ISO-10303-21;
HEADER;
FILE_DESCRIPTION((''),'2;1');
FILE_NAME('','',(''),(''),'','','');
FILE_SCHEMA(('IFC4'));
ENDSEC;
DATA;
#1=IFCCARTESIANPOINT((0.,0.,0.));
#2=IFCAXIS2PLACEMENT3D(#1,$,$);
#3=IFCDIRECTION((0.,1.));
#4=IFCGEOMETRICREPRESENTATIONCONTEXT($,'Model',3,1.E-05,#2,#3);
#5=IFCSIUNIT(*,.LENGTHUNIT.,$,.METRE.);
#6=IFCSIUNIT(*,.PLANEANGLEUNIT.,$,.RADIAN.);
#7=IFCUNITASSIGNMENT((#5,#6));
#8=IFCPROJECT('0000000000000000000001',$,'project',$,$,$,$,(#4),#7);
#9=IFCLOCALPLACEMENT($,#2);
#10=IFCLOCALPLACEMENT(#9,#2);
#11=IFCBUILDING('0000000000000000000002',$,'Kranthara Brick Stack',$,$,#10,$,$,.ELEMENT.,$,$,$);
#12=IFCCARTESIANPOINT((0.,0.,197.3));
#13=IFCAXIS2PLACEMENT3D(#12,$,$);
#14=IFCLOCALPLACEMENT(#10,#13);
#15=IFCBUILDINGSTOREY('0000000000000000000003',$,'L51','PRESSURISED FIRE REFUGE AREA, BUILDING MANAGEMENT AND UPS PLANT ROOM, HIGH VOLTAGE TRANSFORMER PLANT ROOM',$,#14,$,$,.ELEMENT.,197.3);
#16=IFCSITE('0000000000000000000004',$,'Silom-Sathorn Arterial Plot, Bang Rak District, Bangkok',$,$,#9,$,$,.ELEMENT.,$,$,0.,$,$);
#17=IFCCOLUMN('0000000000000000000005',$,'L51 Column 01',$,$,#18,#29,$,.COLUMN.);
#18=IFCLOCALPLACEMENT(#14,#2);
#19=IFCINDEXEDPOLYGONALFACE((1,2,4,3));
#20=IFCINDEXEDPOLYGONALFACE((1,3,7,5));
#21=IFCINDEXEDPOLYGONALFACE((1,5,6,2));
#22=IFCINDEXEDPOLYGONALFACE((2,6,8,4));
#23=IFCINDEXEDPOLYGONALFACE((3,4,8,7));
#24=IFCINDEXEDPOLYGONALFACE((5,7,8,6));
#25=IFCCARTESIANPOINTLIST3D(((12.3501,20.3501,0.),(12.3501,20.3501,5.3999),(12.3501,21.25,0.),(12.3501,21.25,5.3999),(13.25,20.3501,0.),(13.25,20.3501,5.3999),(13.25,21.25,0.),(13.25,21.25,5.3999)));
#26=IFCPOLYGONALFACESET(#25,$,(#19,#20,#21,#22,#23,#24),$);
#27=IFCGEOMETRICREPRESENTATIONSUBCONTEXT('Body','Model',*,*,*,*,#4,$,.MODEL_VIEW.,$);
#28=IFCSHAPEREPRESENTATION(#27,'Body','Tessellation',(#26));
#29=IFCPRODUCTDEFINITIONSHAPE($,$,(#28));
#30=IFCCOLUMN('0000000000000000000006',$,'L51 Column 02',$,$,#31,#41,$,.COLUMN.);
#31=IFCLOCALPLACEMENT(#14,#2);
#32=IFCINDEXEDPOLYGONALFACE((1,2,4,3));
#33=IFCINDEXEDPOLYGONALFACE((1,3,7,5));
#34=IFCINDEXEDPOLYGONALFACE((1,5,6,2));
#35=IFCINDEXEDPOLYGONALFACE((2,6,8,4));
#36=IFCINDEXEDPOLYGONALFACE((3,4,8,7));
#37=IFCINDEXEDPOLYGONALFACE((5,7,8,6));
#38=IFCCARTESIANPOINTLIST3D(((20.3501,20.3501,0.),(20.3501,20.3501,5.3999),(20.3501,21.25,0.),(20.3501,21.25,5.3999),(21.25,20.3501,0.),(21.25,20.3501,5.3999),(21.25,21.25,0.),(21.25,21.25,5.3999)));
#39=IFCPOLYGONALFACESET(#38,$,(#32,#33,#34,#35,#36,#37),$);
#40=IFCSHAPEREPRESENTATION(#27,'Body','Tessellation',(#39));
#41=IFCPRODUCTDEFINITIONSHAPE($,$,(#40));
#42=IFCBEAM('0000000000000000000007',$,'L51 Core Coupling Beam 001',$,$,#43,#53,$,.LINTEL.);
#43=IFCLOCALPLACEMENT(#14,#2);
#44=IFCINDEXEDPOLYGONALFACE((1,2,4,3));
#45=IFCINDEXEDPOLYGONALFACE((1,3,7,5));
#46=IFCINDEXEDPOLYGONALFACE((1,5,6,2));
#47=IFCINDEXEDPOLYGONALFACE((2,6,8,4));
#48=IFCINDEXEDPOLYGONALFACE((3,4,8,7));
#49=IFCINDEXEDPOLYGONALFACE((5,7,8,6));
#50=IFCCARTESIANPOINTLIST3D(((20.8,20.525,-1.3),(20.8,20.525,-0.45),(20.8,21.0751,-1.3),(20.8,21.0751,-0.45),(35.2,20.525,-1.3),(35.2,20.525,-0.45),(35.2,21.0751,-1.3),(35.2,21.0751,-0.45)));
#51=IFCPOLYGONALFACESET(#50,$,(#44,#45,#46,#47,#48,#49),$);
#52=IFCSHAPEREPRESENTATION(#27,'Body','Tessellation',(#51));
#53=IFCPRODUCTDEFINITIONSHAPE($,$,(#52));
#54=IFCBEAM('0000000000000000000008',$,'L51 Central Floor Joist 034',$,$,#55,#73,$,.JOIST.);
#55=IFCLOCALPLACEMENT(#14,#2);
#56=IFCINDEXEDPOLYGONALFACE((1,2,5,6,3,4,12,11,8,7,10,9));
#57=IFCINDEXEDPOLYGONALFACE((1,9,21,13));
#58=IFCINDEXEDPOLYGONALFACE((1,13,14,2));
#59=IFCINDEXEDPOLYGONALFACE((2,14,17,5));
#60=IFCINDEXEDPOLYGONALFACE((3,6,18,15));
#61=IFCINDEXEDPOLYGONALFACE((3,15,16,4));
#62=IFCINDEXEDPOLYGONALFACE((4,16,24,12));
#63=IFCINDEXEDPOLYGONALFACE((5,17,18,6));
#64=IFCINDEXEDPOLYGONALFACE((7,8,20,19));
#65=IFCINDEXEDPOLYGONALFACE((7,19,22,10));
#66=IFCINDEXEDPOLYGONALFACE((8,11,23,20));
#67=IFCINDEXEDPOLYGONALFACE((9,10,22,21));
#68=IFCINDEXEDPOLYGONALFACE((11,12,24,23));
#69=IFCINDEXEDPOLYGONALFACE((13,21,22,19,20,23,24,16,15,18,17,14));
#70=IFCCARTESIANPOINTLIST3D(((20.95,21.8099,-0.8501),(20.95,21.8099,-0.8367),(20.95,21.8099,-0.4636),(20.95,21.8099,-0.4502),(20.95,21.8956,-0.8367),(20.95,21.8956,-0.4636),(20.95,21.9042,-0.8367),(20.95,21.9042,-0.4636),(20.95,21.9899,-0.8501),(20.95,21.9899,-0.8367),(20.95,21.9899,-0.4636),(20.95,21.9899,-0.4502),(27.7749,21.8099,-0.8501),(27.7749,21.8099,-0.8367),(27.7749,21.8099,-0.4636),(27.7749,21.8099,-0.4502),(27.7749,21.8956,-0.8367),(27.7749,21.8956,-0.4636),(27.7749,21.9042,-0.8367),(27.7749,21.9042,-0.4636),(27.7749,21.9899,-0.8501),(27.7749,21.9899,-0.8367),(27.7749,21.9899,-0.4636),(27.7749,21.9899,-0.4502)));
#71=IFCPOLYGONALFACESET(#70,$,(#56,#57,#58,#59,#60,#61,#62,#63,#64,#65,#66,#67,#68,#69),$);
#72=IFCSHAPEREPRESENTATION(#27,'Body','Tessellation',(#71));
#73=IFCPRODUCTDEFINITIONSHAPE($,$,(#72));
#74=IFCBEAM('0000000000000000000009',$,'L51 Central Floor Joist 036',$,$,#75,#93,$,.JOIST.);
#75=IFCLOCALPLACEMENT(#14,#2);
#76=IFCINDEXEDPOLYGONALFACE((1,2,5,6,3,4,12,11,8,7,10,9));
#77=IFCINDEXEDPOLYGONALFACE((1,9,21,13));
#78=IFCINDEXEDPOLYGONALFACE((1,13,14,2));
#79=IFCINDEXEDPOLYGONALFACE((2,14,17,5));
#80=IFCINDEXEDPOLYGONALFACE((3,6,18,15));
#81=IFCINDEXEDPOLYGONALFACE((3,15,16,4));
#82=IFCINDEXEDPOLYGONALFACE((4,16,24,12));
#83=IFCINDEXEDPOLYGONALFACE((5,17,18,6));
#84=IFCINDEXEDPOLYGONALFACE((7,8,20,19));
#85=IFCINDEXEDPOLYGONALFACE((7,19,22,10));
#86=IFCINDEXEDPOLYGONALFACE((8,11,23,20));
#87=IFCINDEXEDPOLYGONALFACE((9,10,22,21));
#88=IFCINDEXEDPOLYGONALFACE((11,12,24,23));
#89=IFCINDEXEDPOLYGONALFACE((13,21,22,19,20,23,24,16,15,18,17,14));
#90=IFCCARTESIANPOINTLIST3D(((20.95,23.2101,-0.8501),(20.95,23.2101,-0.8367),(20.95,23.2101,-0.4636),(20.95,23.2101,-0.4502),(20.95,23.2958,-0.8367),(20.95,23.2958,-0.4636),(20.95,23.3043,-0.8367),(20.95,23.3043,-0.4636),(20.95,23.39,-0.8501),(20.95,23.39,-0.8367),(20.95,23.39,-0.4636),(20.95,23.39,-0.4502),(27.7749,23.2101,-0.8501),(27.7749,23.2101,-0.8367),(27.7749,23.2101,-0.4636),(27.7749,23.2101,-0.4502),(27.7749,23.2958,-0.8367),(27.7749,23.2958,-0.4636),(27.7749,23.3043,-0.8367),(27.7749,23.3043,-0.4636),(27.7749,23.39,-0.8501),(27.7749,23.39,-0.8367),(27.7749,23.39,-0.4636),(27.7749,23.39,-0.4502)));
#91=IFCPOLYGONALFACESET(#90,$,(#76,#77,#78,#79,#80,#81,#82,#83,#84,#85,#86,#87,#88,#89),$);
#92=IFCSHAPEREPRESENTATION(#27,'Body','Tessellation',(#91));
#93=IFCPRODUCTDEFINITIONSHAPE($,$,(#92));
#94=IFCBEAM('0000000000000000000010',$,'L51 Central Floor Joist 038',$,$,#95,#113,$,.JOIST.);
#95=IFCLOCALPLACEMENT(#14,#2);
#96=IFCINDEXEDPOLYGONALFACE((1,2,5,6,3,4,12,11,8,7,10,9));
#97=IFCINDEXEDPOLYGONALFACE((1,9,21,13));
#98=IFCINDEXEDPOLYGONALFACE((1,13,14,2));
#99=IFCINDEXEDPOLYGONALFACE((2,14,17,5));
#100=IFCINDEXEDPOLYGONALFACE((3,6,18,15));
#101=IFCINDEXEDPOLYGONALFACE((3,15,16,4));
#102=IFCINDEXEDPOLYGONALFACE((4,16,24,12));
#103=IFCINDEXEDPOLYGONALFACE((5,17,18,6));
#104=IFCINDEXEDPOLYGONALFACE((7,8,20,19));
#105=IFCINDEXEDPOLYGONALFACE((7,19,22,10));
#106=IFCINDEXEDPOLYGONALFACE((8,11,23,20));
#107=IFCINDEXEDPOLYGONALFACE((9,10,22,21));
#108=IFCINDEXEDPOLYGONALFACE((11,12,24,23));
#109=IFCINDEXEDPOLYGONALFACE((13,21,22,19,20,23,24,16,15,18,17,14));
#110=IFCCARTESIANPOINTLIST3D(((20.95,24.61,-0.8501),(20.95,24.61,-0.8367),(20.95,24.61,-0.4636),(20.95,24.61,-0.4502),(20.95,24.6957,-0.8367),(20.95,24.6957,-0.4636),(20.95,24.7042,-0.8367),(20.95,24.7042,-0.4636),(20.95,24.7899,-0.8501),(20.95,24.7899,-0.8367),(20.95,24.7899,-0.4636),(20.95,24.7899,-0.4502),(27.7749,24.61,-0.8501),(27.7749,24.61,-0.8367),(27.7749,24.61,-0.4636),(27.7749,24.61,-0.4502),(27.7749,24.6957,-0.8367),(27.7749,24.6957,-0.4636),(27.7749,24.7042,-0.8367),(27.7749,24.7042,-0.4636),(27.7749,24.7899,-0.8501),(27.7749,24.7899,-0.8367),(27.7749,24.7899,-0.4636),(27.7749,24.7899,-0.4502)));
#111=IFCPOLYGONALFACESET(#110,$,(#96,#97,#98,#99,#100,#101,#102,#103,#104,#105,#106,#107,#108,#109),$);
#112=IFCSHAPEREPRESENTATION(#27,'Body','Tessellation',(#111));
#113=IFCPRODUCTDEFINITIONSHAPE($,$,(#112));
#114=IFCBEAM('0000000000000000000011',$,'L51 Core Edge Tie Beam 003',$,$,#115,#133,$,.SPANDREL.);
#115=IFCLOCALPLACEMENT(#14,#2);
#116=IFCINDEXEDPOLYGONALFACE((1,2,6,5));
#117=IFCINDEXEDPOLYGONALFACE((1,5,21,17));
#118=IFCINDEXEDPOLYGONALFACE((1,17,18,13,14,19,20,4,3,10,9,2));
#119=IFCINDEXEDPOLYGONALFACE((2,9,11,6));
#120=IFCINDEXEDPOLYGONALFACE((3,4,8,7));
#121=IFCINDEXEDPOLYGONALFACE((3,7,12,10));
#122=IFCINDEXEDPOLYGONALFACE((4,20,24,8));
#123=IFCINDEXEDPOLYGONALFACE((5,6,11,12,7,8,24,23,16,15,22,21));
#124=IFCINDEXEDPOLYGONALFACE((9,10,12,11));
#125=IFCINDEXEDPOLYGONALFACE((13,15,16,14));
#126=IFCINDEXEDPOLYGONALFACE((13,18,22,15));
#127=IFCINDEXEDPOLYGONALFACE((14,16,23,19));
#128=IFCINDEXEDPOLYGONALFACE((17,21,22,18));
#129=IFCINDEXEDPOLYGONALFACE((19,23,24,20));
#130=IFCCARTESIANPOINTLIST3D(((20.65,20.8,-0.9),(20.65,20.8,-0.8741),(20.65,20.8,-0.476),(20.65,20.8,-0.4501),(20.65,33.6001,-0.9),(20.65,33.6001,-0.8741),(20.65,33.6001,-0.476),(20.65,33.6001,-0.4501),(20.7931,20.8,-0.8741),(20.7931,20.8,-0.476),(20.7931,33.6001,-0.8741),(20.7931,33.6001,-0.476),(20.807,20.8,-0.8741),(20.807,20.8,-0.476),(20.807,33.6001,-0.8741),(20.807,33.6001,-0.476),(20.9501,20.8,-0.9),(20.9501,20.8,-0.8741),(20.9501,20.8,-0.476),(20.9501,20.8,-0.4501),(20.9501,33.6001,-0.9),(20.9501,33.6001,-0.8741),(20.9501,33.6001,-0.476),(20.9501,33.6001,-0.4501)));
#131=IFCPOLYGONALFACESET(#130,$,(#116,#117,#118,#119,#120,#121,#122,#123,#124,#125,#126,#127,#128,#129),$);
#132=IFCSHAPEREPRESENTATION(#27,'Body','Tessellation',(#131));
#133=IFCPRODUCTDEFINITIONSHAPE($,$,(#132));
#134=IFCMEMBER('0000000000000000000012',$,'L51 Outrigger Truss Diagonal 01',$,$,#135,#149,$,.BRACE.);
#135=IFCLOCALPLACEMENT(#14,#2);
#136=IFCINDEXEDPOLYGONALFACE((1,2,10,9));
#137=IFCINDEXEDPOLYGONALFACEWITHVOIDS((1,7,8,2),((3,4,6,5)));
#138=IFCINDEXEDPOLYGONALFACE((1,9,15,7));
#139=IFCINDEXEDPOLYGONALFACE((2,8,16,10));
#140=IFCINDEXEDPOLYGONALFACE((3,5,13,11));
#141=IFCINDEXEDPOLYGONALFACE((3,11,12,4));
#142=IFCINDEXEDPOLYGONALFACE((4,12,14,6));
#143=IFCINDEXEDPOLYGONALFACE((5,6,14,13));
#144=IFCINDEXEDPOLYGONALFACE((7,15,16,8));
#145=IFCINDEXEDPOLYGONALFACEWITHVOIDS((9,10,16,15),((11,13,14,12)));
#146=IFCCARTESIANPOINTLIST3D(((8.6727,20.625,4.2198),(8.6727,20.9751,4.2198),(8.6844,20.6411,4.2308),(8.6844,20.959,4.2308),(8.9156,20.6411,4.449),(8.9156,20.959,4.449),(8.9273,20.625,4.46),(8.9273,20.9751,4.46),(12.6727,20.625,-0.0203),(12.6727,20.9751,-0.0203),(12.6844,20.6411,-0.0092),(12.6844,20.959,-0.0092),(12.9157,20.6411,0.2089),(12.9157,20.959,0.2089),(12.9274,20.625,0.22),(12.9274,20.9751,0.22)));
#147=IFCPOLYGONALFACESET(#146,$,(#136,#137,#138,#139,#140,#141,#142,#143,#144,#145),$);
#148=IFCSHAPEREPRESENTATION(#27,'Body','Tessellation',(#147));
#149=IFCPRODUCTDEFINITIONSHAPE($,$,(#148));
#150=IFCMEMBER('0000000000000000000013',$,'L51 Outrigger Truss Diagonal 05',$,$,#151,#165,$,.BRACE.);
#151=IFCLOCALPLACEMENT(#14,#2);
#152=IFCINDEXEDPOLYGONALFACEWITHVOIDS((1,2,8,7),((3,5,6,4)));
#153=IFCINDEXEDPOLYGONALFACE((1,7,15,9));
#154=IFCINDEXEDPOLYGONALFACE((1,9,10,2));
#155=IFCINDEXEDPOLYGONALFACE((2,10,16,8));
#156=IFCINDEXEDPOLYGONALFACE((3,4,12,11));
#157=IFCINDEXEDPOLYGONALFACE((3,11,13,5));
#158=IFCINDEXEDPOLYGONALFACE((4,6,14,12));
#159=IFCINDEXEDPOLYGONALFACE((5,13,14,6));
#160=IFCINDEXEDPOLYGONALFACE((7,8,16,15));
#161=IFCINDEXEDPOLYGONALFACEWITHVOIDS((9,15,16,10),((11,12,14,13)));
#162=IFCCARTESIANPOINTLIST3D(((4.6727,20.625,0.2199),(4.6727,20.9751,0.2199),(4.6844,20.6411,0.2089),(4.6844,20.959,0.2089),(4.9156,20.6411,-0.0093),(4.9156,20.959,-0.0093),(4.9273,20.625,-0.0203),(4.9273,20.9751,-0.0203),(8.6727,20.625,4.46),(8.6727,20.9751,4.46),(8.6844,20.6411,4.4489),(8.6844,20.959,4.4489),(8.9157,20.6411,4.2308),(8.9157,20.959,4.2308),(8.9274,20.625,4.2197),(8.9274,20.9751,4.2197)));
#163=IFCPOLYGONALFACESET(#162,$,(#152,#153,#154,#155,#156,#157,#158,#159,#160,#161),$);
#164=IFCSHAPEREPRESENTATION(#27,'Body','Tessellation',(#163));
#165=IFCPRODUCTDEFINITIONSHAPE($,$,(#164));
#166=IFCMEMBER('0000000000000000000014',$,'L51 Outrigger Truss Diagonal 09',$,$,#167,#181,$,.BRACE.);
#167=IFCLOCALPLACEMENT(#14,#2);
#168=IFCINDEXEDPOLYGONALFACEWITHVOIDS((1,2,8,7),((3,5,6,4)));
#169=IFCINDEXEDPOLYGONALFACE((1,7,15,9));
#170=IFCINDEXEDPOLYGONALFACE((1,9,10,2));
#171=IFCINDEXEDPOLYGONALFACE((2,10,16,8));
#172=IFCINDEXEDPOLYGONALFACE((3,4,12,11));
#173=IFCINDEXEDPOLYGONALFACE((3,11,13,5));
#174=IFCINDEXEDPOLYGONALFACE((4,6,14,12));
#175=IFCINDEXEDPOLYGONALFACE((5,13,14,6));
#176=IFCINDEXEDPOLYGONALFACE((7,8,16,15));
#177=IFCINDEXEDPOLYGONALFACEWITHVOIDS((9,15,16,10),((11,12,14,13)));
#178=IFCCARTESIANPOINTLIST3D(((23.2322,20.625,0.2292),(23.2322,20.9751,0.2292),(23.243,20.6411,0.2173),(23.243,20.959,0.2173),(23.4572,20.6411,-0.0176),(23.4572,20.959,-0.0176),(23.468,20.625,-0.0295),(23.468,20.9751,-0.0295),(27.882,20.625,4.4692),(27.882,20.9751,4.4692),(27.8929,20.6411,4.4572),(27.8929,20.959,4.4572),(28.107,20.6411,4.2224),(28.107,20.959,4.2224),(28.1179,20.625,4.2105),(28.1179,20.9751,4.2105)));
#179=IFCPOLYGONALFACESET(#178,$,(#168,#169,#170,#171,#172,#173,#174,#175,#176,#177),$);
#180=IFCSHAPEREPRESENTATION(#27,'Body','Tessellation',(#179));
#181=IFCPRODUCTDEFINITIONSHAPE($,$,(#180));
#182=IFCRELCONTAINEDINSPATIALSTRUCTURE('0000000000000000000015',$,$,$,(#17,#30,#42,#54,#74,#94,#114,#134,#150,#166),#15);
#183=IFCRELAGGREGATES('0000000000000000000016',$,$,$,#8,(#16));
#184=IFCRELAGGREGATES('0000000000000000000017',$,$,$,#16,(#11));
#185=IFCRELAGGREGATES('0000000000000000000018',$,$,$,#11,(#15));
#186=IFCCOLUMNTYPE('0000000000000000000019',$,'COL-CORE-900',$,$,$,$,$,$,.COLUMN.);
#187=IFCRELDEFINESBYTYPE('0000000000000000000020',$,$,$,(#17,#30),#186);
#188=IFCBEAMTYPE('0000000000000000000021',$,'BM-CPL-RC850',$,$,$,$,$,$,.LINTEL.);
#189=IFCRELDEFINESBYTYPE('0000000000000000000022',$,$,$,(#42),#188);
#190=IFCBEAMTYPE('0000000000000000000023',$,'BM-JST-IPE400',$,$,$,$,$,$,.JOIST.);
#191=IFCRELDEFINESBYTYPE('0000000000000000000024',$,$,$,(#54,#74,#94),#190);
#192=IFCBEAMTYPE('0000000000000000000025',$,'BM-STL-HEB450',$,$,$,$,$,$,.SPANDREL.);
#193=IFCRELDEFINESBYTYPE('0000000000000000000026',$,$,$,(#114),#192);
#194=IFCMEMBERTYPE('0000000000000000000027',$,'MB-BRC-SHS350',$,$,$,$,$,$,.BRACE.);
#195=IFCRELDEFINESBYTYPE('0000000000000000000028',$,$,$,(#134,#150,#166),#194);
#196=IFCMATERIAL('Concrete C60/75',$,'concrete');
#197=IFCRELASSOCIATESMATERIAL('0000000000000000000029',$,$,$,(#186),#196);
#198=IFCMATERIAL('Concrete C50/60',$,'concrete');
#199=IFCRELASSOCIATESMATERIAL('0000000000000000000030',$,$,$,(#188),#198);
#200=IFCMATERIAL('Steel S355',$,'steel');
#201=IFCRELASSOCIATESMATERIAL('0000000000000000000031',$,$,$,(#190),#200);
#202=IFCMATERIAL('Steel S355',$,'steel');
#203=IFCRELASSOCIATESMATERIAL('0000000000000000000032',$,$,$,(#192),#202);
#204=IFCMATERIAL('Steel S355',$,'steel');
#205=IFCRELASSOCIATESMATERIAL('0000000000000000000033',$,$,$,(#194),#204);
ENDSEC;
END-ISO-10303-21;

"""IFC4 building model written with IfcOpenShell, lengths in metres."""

from ifc_helpers import new_model, si_unit, direction, frame, origin, origin_2d, place, context, subcontext, project, spatial, rectangle, hollow_rectangle, i_section, extrude, material, material_profile, profile_set, type_object, element, save


model = new_model("IFC4")

# Units and contexts
model_context = context("Model", 3, precision=1e-05, world=origin(), true_north=direction((0.0, 1.0)))
body_context = subcontext(model_context, "Body", "Model", "MODEL_VIEW")
ifc_project = project(units=[si_unit("LENGTHUNIT", "METRE"), si_unit("PLANEANGLEUNIT", "RADIAN")], contexts=[model_context])

# Site, building, storey
site_placement = place(None, origin())
site = spatial("IfcSite", under=ifc_project, at=site_placement, Name="Silom-Sathorn Arterial Plot, Bang Rak District, Bangkok", CompositionType="ELEMENT", RefElevation=0.0)
building_placement = place(site_placement, origin())
building = spatial("IfcBuilding", under=site, at=building_placement, Name="Kranthara Brick Stack", CompositionType="ELEMENT")
storey_placement = place(building_placement, frame((0.0, 0.0, 197.3)))
storey = spatial("IfcBuildingStorey", under=building, at=storey_placement, Name="L51", Description="PRESSURISED FIRE REFUGE AREA, BUILDING MANAGEMENT AND UPS PLANT ROOM, HIGH VOLTAGE TRANSFORMER PLANT ROOM", CompositionType="ELEMENT", Elevation=197.3)

# Columns
ifc_material_1 = material(Name="Concrete C60/75", Category="concrete")
ifc_material_profile_1 = material_profile(ifc_material_1, rectangle(XDim=0.8999, YDim=0.8999, at=origin_2d()), Name="RC 900x900")
ifc_profile_set_1 = profile_set([ifc_material_profile_1], Name="Concrete C60/75")
column_type = type_object("IfcColumnType", Name="COL-CORE-900", PredefinedType="COLUMN", material=ifc_profile_set_1)
for number, where, z_axis, x_axis, name in (
    (1, (12.8, 20.8, 0.0), (0.0, 0.0, 1.0), (1.0, 0.0, 0.0), "L51 Column 01"),
    (2, (20.8, 20.8, 0.0), (0.0, 0.0, 1.0), (1.0, 0.0, 0.0), "L51 Column 02"),
):
    element("IfcColumn", number, at=place(storey_placement, frame(where, z_axis=z_axis, x_axis=x_axis)), inside=storey, type_object=column_type, Name=name, PredefinedType="COLUMN", context=body_context, shape_type="SweptSolid", body=[
        extrude(rectangle(XDim=0.8999, YDim=0.8999, at=origin_2d()), origin(), (0.0, 0.0, 1.0), 5.3999),
    ])

# Beams
ifc_material_2 = material(Name="Concrete C50/60", Category="concrete")
ifc_material_profile_2 = material_profile(ifc_material_2, rectangle(XDim=0.55, YDim=0.8501, at=origin_2d()), Name="RC 550x850")
ifc_profile_set_2 = profile_set([ifc_material_profile_2], Name="Concrete C50/60")
beam_type_1 = type_object("IfcBeamType", Name="BM-CPL-RC850", PredefinedType="LINTEL", material=ifc_profile_set_2)
beam_1_placement = place(storey_placement, frame((20.8, 20.8, -0.875), z_axis=(1.0, 0.0, 0.0), x_axis=(0.0, 1.0, 0.0)))
element("IfcBeam", 3, at=beam_1_placement, inside=storey, type_object=beam_type_1, Name="L51 Core Coupling Beam 001", PredefinedType="LINTEL", context=body_context, shape_type="SweptSolid", body=[
    extrude(rectangle(XDim=0.55, YDim=0.8501, at=origin_2d()), origin(), (0.0, 0.0, 1.0), 14.3999),
])
ifc_material_3 = material(Name="Steel S355", Category="steel")
ifc_material_profile_3 = material_profile(ifc_material_3, i_section(OverallWidth=0.1799, OverallDepth=0.3999, WebThickness=0.0085, FlangeThickness=0.0134, at=origin_2d()), Name="IPE 400")
ifc_profile_set_3 = profile_set([ifc_material_profile_3], Name="Steel S355")
beam_type_2 = type_object("IfcBeamType", Name="BM-JST-IPE400", PredefinedType="JOIST", material=ifc_profile_set_3)
for number, where, z_axis, x_axis, name in (
    (4, (20.95, 21.8999, -0.6501), (1.0, 0.0, 0.0), (0.0, 1.0, 0.0), "L51 Central Floor Joist 034"),
    (5, (20.95, 23.3, -0.6501), (1.0, 0.0, 0.0), (0.0, 1.0, 0.0), "L51 Central Floor Joist 036"),
    (6, (20.95, 24.7, -0.6501), (1.0, 0.0, 0.0), (0.0, 1.0, 0.0), "L51 Central Floor Joist 038"),
):
    element("IfcBeam", number, at=place(storey_placement, frame(where, z_axis=z_axis, x_axis=x_axis)), inside=storey, type_object=beam_type_2, Name=name, PredefinedType="JOIST", context=body_context, shape_type="SweptSolid", body=[
        extrude(i_section(OverallWidth=0.1799, OverallDepth=0.3999, WebThickness=0.0085, FlangeThickness=0.0134, at=origin_2d()), origin(), (0.0, 0.0, 1.0), 6.825),
    ])
ifc_material_4 = material(Name="Steel S355", Category="steel")
ifc_material_profile_4 = material_profile(ifc_material_4, i_section(OverallWidth=0.3, OverallDepth=0.45, WebThickness=0.0139, FlangeThickness=0.0259, at=origin_2d()), Name="HEB 450")
ifc_profile_set_4 = profile_set([ifc_material_profile_4], Name="Steel S355")
beam_type_3 = type_object("IfcBeamType", Name="BM-STL-HEB450", PredefinedType="SPANDREL", material=ifc_profile_set_4)
beam_2_placement = place(storey_placement, frame((20.8, 20.8, -0.675), z_axis=(0.0, 1.0, 0.0), x_axis=(-1.0, 0.0, 0.0)))
element("IfcBeam", 7, at=beam_2_placement, inside=storey, type_object=beam_type_3, Name="L51 Core Edge Tie Beam 003", PredefinedType="SPANDREL", context=body_context, shape_type="SweptSolid", body=[
    extrude(i_section(OverallWidth=0.3, OverallDepth=0.45, WebThickness=0.0139, FlangeThickness=0.0259, at=origin_2d()), origin(), (0.0, 0.0, 1.0), 12.8),
])

# Members
ifc_material_5 = material(Name="Steel S355", Category="steel")
ifc_material_profile_5 = material_profile(ifc_material_5, hollow_rectangle(XDim=0.3501, YDim=0.3501, WallThickness=0.0161, at=origin_2d()), Name="SHS 350x350x16")
ifc_profile_set_5 = profile_set([ifc_material_profile_5], Name="Steel S355")
member_type_1 = type_object("IfcMemberType", Name="MB-BRC-SHS350", PredefinedType="BRACE", material=ifc_profile_set_5)
for number, where, z_axis, x_axis, name in (
    (8, (12.8, 20.8, 0.0999), (-0.686221, 0.0, 0.727393), (0.0, -1.0, 0.0), "L51 Outrigger Truss Diagonal 01"),
    (9, (8.8, 20.8, 4.3398), (-0.686221, 0.0, -0.727393), (0.0, -1.0, 0.0), "L51 Outrigger Truss Diagonal 05"),
):
    element("IfcMember", number, at=place(storey_placement, frame(where, z_axis=z_axis, x_axis=x_axis)), inside=storey, type_object=member_type_1, Name=name, PredefinedType="BRACE", context=body_context, shape_type="SweptSolid", body=[
        extrude(hollow_rectangle(XDim=0.3501, YDim=0.3501, WallThickness=0.0161, at=origin_2d()), origin(), (0.0, 0.0, 1.0), 5.8291),
    ])
member_1_placement = place(storey_placement, frame((23.3501, 20.8, 0.0999), z_axis=(0.738926, 0.0, 0.673786), x_axis=(0.0, 1.0, 0.0)))
element("IfcMember", 10, at=member_1_placement, inside=storey, type_object=member_type_1, Name="L51 Outrigger Truss Diagonal 09", PredefinedType="BRACE", context=body_context, shape_type="SweptSolid", body=[
    extrude(hollow_rectangle(XDim=0.3501, YDim=0.3501, WallThickness=0.0161, at=origin_2d()), origin(), (0.0, 0.0, 1.0), 6.2927),
])

save(model, "model.ifc")
